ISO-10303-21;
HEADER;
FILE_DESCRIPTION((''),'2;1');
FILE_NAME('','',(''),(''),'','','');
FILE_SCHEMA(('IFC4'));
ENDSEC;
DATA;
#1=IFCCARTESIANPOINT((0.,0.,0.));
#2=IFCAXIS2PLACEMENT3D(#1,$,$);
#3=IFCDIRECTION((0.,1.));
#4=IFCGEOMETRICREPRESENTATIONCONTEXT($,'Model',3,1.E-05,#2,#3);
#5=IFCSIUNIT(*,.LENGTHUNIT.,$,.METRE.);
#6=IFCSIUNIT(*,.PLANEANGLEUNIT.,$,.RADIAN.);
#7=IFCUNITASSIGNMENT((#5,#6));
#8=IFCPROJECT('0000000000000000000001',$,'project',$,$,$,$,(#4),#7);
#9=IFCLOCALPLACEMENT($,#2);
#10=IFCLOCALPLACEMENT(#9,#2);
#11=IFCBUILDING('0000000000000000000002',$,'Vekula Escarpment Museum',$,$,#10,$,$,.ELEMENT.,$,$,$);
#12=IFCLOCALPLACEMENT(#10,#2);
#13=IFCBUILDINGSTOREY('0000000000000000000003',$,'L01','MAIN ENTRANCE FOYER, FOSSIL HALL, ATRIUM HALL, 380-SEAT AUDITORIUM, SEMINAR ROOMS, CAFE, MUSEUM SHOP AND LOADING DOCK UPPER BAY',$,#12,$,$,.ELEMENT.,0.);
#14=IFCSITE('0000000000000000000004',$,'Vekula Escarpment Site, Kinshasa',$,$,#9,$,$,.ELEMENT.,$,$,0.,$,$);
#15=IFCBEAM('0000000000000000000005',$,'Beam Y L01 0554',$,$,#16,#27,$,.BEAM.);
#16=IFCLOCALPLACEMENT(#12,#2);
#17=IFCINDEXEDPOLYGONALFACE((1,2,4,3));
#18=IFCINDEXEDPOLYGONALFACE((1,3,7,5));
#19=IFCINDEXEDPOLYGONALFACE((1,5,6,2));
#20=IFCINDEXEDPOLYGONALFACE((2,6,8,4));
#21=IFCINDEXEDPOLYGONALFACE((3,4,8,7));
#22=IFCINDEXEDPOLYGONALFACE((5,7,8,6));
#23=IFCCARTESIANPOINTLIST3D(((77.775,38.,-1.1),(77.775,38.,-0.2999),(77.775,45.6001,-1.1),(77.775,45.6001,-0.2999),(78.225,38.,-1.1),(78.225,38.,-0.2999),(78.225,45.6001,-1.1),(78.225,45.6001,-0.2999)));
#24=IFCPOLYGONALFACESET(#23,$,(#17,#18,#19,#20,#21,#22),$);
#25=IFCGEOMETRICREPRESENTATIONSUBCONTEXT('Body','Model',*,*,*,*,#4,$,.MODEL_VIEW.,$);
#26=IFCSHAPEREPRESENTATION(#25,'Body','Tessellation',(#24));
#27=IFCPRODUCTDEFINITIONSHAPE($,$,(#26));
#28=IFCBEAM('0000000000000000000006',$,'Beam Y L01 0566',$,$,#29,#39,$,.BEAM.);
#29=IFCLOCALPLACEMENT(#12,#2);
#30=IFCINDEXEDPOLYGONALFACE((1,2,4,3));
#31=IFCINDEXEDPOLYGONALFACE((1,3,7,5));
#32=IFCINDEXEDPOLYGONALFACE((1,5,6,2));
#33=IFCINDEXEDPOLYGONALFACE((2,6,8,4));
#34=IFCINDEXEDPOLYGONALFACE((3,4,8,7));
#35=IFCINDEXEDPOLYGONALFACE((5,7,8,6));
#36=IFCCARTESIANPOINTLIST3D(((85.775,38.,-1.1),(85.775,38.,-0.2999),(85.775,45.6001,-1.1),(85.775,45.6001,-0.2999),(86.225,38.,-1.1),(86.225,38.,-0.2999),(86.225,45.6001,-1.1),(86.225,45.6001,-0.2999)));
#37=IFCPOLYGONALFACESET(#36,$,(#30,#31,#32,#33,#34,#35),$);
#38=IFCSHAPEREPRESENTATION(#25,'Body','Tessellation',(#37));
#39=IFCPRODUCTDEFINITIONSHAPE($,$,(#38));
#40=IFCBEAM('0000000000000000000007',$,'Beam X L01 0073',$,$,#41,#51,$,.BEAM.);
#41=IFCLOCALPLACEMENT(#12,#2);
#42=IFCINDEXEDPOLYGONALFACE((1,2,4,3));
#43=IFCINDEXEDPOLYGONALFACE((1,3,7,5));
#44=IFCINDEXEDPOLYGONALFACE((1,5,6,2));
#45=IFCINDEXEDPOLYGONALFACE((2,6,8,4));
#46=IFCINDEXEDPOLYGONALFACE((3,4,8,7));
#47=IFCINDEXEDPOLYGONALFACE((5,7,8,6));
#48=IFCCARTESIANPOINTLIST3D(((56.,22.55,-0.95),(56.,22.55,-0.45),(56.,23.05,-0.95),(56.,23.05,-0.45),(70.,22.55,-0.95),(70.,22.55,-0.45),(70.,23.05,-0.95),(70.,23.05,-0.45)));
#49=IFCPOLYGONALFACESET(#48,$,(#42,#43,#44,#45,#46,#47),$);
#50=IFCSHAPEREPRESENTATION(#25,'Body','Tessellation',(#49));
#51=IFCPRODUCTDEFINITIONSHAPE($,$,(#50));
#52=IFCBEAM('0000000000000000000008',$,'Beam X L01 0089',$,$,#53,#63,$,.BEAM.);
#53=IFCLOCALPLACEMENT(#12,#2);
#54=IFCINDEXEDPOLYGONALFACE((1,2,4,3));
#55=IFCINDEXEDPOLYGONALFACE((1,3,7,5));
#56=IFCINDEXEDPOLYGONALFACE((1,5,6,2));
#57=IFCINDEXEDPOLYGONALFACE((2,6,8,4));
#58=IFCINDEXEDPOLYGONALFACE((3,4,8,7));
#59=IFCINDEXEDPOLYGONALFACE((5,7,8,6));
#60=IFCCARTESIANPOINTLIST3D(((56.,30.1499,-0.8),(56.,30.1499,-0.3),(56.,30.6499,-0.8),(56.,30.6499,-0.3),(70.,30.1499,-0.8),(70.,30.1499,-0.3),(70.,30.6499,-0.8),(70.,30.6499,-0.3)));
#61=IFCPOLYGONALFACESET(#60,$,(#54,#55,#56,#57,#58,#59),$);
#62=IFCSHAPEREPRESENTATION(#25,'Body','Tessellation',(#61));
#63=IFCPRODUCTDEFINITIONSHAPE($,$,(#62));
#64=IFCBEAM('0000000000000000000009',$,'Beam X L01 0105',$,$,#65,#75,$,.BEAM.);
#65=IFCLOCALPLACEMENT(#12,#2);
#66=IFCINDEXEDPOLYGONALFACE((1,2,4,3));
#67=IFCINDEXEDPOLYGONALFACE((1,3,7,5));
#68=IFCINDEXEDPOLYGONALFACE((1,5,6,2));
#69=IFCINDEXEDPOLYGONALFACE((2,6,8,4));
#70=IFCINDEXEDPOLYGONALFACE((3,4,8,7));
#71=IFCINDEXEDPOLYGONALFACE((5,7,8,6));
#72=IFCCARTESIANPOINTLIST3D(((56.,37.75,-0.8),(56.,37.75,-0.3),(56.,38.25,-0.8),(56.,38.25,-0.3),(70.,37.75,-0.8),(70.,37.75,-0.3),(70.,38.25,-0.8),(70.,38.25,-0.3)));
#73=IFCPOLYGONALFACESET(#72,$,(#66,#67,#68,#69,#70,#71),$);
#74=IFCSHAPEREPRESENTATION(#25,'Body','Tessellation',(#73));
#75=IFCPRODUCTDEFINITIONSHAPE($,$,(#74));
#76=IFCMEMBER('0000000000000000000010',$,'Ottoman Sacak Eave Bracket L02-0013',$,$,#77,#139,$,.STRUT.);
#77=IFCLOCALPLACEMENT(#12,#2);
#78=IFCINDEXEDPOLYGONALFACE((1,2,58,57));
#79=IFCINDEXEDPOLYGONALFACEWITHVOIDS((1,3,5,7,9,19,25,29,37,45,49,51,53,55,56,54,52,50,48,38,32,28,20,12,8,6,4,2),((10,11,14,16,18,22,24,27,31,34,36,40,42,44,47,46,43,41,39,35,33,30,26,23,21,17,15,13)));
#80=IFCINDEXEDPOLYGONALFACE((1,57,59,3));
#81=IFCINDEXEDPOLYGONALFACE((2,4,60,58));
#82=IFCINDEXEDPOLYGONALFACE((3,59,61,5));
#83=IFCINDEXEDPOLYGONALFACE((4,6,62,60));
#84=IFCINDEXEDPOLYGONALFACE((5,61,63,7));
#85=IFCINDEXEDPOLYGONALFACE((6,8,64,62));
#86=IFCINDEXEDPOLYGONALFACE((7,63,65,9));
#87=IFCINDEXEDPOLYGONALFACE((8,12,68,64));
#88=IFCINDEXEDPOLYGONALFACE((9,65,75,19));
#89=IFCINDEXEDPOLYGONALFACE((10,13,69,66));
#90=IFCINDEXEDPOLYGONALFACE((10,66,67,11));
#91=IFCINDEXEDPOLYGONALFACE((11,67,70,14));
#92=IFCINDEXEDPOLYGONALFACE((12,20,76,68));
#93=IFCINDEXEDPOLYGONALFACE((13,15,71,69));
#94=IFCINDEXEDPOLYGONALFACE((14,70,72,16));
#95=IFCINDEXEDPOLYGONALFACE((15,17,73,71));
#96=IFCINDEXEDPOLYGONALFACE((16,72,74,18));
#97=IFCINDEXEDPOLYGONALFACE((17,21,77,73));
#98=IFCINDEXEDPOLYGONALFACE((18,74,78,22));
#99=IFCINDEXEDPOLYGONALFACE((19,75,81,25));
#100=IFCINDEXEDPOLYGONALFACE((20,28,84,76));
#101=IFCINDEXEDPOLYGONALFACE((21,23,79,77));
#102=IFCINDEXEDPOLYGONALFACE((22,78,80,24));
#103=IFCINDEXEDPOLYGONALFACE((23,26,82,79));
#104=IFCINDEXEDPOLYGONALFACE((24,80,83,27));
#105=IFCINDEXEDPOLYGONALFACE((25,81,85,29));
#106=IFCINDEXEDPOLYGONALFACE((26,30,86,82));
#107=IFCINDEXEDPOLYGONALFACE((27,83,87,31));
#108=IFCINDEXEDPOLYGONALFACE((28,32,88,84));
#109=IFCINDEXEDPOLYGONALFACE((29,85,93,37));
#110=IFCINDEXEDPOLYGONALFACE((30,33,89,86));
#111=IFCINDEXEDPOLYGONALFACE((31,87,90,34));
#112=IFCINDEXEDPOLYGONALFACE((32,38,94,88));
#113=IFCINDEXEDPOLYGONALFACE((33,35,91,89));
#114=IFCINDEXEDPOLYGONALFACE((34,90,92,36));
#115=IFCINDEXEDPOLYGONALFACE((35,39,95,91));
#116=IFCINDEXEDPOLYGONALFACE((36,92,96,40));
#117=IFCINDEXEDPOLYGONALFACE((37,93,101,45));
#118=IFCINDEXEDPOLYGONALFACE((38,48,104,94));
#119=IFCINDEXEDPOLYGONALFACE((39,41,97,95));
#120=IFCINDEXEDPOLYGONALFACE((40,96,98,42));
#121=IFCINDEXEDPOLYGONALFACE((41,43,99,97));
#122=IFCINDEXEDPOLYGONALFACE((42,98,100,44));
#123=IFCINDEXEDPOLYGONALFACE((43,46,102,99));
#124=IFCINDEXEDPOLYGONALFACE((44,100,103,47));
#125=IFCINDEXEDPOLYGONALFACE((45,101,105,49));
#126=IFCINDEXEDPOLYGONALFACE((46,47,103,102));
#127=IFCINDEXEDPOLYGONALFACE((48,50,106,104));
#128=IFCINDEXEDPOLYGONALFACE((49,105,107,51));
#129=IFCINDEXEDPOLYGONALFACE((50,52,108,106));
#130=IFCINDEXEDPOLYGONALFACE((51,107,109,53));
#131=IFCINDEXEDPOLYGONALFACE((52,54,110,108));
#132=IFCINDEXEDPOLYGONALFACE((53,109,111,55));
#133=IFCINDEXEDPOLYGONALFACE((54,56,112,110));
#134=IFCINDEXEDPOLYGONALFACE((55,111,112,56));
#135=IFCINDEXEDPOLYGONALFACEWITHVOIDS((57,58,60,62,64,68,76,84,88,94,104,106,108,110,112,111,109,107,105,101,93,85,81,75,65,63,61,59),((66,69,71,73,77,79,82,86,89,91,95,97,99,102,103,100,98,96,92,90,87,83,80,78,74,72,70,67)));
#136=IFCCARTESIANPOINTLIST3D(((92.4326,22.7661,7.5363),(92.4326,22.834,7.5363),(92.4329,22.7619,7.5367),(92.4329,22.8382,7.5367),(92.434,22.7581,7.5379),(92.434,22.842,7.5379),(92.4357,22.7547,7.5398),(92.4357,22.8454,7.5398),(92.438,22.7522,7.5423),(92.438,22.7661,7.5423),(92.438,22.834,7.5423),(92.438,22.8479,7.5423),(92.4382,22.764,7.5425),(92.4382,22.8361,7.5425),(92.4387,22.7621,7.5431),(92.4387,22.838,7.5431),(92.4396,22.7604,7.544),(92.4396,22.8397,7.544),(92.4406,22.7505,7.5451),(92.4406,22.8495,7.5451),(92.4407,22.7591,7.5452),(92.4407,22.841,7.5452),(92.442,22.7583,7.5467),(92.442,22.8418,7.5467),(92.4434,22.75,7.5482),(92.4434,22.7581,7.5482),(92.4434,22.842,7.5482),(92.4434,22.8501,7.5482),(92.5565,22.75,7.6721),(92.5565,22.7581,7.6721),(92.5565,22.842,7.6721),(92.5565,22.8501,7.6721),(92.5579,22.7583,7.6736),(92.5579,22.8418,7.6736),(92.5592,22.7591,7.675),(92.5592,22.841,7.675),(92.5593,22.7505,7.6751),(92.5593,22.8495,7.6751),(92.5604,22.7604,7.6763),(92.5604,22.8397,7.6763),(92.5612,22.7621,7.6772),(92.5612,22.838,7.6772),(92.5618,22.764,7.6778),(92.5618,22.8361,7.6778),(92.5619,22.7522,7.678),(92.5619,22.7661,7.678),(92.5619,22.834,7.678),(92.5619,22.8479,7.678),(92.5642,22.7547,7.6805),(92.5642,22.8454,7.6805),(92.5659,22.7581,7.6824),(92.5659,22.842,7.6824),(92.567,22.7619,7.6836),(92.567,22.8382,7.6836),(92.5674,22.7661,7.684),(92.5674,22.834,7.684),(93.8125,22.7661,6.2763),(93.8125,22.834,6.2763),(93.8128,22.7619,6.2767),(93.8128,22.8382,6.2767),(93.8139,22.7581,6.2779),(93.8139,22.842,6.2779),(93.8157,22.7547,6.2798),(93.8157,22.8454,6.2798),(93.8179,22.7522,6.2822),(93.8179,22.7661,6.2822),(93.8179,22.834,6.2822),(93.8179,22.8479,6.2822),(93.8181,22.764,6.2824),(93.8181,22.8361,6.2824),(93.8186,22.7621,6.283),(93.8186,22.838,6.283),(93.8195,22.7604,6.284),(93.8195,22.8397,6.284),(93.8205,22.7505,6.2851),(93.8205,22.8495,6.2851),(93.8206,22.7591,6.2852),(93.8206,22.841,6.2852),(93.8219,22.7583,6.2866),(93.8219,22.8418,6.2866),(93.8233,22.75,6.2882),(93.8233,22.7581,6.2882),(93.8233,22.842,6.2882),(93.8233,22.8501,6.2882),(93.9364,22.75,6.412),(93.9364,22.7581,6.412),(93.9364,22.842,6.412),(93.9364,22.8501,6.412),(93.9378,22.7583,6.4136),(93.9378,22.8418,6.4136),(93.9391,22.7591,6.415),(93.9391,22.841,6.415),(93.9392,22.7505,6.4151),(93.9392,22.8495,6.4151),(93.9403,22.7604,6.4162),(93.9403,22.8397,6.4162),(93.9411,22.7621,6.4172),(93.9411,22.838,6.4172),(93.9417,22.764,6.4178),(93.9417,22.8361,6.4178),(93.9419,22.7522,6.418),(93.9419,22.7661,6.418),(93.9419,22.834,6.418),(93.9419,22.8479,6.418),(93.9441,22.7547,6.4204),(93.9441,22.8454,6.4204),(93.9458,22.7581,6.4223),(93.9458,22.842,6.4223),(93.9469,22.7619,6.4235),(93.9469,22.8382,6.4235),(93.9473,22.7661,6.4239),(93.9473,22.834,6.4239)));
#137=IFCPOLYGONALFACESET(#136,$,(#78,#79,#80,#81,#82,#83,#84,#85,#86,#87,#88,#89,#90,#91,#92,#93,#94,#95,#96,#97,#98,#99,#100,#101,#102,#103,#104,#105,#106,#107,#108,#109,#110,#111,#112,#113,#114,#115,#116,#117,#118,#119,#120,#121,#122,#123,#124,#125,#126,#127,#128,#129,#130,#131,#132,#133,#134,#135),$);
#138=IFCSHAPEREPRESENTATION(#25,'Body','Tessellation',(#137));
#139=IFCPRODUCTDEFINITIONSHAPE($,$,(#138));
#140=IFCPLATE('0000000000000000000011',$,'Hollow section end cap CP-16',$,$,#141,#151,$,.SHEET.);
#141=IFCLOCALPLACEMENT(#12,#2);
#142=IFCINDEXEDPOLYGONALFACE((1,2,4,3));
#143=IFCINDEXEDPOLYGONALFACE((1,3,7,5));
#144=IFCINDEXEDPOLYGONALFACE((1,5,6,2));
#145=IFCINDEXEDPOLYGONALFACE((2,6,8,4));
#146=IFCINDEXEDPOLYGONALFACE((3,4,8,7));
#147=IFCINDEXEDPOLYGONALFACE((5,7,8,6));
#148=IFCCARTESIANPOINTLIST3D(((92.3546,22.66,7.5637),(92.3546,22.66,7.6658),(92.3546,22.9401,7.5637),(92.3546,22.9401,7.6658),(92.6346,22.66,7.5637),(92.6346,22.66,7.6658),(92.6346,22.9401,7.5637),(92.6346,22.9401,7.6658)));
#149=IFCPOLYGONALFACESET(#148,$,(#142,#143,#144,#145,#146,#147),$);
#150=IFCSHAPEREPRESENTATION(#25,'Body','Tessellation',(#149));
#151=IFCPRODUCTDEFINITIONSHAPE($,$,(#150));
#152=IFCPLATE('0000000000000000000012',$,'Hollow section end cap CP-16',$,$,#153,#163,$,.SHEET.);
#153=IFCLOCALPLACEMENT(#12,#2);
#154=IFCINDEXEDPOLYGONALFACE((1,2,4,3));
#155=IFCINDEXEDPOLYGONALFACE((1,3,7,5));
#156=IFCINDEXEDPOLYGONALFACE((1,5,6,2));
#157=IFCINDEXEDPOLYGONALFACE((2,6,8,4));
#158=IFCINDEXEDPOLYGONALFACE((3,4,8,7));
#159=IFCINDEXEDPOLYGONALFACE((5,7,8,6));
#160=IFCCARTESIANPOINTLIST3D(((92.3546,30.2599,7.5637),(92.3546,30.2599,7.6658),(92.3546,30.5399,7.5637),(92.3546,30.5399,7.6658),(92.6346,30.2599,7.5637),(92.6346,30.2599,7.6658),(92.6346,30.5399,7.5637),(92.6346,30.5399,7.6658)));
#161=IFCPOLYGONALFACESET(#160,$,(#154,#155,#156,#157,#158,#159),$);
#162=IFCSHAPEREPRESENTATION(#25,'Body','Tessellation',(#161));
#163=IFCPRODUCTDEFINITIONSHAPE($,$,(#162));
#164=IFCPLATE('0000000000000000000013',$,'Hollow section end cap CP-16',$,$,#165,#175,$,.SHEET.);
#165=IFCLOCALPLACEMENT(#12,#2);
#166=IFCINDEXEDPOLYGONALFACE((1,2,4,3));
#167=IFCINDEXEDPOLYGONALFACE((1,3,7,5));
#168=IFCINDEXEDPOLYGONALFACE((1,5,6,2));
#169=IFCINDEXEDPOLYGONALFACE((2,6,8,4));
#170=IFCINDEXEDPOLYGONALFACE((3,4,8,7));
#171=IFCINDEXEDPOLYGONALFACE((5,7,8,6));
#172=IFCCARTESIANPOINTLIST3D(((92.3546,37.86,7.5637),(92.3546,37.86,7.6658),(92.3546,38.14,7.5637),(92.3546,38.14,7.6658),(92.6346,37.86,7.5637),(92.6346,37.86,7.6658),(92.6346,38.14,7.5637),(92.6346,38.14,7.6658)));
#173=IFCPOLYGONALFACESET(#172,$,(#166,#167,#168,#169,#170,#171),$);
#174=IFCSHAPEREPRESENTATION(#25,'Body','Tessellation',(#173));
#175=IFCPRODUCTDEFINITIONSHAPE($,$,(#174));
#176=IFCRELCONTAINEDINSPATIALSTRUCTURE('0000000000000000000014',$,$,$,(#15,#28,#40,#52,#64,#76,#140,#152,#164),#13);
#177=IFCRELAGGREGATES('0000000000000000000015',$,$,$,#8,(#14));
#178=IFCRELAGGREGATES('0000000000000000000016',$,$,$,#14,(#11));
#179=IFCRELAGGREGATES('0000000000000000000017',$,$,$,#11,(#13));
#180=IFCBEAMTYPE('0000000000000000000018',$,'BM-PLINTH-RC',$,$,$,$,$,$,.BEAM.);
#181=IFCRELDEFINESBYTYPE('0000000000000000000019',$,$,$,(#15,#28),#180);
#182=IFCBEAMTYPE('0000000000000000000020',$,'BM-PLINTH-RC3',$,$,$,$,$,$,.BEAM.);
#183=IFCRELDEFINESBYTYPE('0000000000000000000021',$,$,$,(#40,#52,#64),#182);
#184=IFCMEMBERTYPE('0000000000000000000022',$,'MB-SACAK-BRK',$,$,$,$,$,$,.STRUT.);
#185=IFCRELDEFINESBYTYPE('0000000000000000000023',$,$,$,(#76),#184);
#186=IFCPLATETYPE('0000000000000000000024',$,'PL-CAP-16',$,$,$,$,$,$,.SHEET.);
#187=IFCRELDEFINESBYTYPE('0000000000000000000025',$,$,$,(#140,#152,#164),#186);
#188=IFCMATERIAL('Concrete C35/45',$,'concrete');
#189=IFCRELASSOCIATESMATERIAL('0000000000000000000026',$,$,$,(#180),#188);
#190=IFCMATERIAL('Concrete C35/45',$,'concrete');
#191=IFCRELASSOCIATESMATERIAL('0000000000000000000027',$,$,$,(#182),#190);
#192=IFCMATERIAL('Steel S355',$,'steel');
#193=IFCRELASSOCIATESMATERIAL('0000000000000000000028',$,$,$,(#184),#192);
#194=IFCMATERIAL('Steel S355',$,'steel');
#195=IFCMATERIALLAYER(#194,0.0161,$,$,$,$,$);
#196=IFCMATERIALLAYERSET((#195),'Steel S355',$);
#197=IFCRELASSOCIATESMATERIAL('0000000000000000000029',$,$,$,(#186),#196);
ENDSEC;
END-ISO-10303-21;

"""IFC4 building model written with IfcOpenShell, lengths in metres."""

from ifc_helpers import new_model, si_unit, direction, frame, origin, origin_2d, place, context, subcontext, project, spatial, rectangle, hollow_rectangle, extrude, material, layer, layer_set, material_profile, profile_set, type_object, element, save


model = new_model("IFC4")

# Units and contexts
model_context = context("Model", 3, precision=1e-05, world=origin(), true_north=direction((0.0, 1.0)))
body_context = subcontext(model_context, "Body", "Model", "MODEL_VIEW")
ifc_project = project(units=[si_unit("LENGTHUNIT", "METRE"), si_unit("PLANEANGLEUNIT", "RADIAN")], contexts=[model_context])

# Site, building, storey
site_placement = place(None, origin())
site = spatial("IfcSite", under=ifc_project, at=site_placement, Name="Vekula Escarpment Site, Kinshasa", CompositionType="ELEMENT", RefElevation=0.0)
building_placement = place(site_placement, origin())
building = spatial("IfcBuilding", under=site, at=building_placement, Name="Vekula Escarpment Museum", CompositionType="ELEMENT")
storey_placement = place(building_placement, origin())
storey = spatial("IfcBuildingStorey", under=building, at=storey_placement, Name="L01", Description="MAIN ENTRANCE FOYER, FOSSIL HALL, ATRIUM HALL, 380-SEAT AUDITORIUM, SEMINAR ROOMS, CAFE, MUSEUM SHOP AND LOADING DOCK UPPER BAY", CompositionType="ELEMENT", Elevation=0.0)

# Beams
ifc_material_1 = material(Name="Concrete C35/45", Category="concrete")
ifc_material_profile_1 = material_profile(ifc_material_1, rectangle(XDim=0.45, YDim=0.8, at=origin_2d()), Name="RC 450x800")
ifc_profile_set_1 = profile_set([ifc_material_profile_1], Name="Concrete C35/45")
beam_type_1 = type_object("IfcBeamType", Name="BM-PLINTH-RC", PredefinedType="BEAM", material=ifc_profile_set_1)
for number, where, z_axis, x_axis, name in (
    (1, (78.0, 38.0, -0.7), (0.0, 1.0, 0.0), (-1.0, 0.0, 0.0), "Beam Y L01 0554"),
    (2, (86.0, 38.0, -0.7), (0.0, 1.0, 0.0), (-1.0, 0.0, 0.0), "Beam Y L01 0566"),
):
    element("IfcBeam", number, at=place(storey_placement, frame(where, z_axis=z_axis, x_axis=x_axis)), inside=storey, type_object=beam_type_1, Name=name, PredefinedType="BEAM", context=body_context, shape_type="SweptSolid", body=[
        extrude(rectangle(XDim=0.45, YDim=0.8, at=origin_2d()), origin(), (0.0, 0.0, 1.0), 7.6001),
    ])
ifc_material_2 = material(Name="Concrete C35/45", Category="concrete")
ifc_material_profile_2 = material_profile(ifc_material_2, rectangle(XDim=0.5, YDim=0.5, at=origin_2d()), Name="RC 500x500")
ifc_profile_set_2 = profile_set([ifc_material_profile_2], Name="Concrete C35/45")
beam_type_2 = type_object("IfcBeamType", Name="BM-PLINTH-RC3", PredefinedType="BEAM", material=ifc_profile_set_2)
for number, where, z_axis, x_axis, name in (
    (3, (56.0, 22.8, -0.7), (1.0, 0.0, 0.0), (0.0, 1.0, 0.0), "Beam X L01 0073"),
    (4, (56.0, 30.3999, -0.55), (1.0, 0.0, 0.0), (0.0, 1.0, 0.0), "Beam X L01 0089"),
    (5, (56.0, 38.0, -0.55), (1.0, 0.0, 0.0), (0.0, 1.0, 0.0), "Beam X L01 0105"),
):
    element("IfcBeam", number, at=place(storey_placement, frame(where, z_axis=z_axis, x_axis=x_axis)), inside=storey, type_object=beam_type_2, Name=name, PredefinedType="BEAM", context=body_context, shape_type="SweptSolid", body=[
        extrude(rectangle(XDim=0.5, YDim=0.5, at=origin_2d()), origin(), (0.0, 0.0, 1.0), 14.0),
    ])

# Member
ifc_material_3 = material(Name="Steel S355", Category="steel")
ifc_material_profile_3 = material_profile(ifc_material_3, hollow_rectangle(XDim=0.1001, YDim=0.2, WallThickness=0.0081, InnerFilletRadius=0.0081, OuterFilletRadius=0.0161, at=origin_2d()), Name="RHS 200x100x8")
ifc_profile_set_3 = profile_set([ifc_material_profile_3], Name="Steel S355")
member_type = type_object("IfcMemberType", Name="MB-SACAK-BRK", PredefinedType="STRUT", material=ifc_profile_set_3)
member_placement = place(storey_placement, frame((93.8799, 22.8, 6.3501), z_axis=(-0.738454, 0.0, 0.674303), x_axis=(0.0, -1.0, 0.0)))
element("IfcMember", 6, at=member_placement, inside=storey, type_object=member_type, Name="Ottoman Sacak Eave Bracket L02-0013", PredefinedType="STRUT", context=body_context, shape_type="SweptSolid", body=[
    extrude(hollow_rectangle(XDim=0.1001, YDim=0.2, WallThickness=0.0081, InnerFilletRadius=0.0081, OuterFilletRadius=0.0161, at=origin_2d()), origin(), (0.0, 0.0, 1.0), 1.8687),
])

# Plates
ifc_material_4 = material(Name="Steel S355", Category="steel")
ifc_layer_1 = layer(ifc_material_4, 0.0161)
ifc_layer_set_1 = layer_set([ifc_layer_1], Name="Steel S355")
plate_type = type_object("IfcPlateType", Name="PL-CAP-16", PredefinedType="SHEET", material=ifc_layer_set_1)
for number, where, z_axis, x_axis, name in (
    (7, (92.4946, 22.8, 7.5637), (0.0, 0.0, 1.0), (1.0, 0.0, 0.0), "Hollow section end cap CP-16"),
    (8, (92.4946, 30.3999, 7.5637), (0.0, 0.0, 1.0), (1.0, 0.0, 0.0), "Hollow section end cap CP-16"),
    (9, (92.4946, 38.0, 7.5637), (0.0, 0.0, 1.0), (1.0, 0.0, 0.0), "Hollow section end cap CP-16"),
):
    element("IfcPlate", number, at=place(storey_placement, frame(where, z_axis=z_axis, x_axis=x_axis)), inside=storey, type_object=plate_type, Name=name, PredefinedType="SHEET", context=body_context, shape_type="SweptSolid", body=[
        extrude(rectangle(XDim=0.28, YDim=0.28, at=origin_2d()), origin(), (0.0, 0.0, 1.0), 0.1021),
    ])

save(model, "model.ifc")
